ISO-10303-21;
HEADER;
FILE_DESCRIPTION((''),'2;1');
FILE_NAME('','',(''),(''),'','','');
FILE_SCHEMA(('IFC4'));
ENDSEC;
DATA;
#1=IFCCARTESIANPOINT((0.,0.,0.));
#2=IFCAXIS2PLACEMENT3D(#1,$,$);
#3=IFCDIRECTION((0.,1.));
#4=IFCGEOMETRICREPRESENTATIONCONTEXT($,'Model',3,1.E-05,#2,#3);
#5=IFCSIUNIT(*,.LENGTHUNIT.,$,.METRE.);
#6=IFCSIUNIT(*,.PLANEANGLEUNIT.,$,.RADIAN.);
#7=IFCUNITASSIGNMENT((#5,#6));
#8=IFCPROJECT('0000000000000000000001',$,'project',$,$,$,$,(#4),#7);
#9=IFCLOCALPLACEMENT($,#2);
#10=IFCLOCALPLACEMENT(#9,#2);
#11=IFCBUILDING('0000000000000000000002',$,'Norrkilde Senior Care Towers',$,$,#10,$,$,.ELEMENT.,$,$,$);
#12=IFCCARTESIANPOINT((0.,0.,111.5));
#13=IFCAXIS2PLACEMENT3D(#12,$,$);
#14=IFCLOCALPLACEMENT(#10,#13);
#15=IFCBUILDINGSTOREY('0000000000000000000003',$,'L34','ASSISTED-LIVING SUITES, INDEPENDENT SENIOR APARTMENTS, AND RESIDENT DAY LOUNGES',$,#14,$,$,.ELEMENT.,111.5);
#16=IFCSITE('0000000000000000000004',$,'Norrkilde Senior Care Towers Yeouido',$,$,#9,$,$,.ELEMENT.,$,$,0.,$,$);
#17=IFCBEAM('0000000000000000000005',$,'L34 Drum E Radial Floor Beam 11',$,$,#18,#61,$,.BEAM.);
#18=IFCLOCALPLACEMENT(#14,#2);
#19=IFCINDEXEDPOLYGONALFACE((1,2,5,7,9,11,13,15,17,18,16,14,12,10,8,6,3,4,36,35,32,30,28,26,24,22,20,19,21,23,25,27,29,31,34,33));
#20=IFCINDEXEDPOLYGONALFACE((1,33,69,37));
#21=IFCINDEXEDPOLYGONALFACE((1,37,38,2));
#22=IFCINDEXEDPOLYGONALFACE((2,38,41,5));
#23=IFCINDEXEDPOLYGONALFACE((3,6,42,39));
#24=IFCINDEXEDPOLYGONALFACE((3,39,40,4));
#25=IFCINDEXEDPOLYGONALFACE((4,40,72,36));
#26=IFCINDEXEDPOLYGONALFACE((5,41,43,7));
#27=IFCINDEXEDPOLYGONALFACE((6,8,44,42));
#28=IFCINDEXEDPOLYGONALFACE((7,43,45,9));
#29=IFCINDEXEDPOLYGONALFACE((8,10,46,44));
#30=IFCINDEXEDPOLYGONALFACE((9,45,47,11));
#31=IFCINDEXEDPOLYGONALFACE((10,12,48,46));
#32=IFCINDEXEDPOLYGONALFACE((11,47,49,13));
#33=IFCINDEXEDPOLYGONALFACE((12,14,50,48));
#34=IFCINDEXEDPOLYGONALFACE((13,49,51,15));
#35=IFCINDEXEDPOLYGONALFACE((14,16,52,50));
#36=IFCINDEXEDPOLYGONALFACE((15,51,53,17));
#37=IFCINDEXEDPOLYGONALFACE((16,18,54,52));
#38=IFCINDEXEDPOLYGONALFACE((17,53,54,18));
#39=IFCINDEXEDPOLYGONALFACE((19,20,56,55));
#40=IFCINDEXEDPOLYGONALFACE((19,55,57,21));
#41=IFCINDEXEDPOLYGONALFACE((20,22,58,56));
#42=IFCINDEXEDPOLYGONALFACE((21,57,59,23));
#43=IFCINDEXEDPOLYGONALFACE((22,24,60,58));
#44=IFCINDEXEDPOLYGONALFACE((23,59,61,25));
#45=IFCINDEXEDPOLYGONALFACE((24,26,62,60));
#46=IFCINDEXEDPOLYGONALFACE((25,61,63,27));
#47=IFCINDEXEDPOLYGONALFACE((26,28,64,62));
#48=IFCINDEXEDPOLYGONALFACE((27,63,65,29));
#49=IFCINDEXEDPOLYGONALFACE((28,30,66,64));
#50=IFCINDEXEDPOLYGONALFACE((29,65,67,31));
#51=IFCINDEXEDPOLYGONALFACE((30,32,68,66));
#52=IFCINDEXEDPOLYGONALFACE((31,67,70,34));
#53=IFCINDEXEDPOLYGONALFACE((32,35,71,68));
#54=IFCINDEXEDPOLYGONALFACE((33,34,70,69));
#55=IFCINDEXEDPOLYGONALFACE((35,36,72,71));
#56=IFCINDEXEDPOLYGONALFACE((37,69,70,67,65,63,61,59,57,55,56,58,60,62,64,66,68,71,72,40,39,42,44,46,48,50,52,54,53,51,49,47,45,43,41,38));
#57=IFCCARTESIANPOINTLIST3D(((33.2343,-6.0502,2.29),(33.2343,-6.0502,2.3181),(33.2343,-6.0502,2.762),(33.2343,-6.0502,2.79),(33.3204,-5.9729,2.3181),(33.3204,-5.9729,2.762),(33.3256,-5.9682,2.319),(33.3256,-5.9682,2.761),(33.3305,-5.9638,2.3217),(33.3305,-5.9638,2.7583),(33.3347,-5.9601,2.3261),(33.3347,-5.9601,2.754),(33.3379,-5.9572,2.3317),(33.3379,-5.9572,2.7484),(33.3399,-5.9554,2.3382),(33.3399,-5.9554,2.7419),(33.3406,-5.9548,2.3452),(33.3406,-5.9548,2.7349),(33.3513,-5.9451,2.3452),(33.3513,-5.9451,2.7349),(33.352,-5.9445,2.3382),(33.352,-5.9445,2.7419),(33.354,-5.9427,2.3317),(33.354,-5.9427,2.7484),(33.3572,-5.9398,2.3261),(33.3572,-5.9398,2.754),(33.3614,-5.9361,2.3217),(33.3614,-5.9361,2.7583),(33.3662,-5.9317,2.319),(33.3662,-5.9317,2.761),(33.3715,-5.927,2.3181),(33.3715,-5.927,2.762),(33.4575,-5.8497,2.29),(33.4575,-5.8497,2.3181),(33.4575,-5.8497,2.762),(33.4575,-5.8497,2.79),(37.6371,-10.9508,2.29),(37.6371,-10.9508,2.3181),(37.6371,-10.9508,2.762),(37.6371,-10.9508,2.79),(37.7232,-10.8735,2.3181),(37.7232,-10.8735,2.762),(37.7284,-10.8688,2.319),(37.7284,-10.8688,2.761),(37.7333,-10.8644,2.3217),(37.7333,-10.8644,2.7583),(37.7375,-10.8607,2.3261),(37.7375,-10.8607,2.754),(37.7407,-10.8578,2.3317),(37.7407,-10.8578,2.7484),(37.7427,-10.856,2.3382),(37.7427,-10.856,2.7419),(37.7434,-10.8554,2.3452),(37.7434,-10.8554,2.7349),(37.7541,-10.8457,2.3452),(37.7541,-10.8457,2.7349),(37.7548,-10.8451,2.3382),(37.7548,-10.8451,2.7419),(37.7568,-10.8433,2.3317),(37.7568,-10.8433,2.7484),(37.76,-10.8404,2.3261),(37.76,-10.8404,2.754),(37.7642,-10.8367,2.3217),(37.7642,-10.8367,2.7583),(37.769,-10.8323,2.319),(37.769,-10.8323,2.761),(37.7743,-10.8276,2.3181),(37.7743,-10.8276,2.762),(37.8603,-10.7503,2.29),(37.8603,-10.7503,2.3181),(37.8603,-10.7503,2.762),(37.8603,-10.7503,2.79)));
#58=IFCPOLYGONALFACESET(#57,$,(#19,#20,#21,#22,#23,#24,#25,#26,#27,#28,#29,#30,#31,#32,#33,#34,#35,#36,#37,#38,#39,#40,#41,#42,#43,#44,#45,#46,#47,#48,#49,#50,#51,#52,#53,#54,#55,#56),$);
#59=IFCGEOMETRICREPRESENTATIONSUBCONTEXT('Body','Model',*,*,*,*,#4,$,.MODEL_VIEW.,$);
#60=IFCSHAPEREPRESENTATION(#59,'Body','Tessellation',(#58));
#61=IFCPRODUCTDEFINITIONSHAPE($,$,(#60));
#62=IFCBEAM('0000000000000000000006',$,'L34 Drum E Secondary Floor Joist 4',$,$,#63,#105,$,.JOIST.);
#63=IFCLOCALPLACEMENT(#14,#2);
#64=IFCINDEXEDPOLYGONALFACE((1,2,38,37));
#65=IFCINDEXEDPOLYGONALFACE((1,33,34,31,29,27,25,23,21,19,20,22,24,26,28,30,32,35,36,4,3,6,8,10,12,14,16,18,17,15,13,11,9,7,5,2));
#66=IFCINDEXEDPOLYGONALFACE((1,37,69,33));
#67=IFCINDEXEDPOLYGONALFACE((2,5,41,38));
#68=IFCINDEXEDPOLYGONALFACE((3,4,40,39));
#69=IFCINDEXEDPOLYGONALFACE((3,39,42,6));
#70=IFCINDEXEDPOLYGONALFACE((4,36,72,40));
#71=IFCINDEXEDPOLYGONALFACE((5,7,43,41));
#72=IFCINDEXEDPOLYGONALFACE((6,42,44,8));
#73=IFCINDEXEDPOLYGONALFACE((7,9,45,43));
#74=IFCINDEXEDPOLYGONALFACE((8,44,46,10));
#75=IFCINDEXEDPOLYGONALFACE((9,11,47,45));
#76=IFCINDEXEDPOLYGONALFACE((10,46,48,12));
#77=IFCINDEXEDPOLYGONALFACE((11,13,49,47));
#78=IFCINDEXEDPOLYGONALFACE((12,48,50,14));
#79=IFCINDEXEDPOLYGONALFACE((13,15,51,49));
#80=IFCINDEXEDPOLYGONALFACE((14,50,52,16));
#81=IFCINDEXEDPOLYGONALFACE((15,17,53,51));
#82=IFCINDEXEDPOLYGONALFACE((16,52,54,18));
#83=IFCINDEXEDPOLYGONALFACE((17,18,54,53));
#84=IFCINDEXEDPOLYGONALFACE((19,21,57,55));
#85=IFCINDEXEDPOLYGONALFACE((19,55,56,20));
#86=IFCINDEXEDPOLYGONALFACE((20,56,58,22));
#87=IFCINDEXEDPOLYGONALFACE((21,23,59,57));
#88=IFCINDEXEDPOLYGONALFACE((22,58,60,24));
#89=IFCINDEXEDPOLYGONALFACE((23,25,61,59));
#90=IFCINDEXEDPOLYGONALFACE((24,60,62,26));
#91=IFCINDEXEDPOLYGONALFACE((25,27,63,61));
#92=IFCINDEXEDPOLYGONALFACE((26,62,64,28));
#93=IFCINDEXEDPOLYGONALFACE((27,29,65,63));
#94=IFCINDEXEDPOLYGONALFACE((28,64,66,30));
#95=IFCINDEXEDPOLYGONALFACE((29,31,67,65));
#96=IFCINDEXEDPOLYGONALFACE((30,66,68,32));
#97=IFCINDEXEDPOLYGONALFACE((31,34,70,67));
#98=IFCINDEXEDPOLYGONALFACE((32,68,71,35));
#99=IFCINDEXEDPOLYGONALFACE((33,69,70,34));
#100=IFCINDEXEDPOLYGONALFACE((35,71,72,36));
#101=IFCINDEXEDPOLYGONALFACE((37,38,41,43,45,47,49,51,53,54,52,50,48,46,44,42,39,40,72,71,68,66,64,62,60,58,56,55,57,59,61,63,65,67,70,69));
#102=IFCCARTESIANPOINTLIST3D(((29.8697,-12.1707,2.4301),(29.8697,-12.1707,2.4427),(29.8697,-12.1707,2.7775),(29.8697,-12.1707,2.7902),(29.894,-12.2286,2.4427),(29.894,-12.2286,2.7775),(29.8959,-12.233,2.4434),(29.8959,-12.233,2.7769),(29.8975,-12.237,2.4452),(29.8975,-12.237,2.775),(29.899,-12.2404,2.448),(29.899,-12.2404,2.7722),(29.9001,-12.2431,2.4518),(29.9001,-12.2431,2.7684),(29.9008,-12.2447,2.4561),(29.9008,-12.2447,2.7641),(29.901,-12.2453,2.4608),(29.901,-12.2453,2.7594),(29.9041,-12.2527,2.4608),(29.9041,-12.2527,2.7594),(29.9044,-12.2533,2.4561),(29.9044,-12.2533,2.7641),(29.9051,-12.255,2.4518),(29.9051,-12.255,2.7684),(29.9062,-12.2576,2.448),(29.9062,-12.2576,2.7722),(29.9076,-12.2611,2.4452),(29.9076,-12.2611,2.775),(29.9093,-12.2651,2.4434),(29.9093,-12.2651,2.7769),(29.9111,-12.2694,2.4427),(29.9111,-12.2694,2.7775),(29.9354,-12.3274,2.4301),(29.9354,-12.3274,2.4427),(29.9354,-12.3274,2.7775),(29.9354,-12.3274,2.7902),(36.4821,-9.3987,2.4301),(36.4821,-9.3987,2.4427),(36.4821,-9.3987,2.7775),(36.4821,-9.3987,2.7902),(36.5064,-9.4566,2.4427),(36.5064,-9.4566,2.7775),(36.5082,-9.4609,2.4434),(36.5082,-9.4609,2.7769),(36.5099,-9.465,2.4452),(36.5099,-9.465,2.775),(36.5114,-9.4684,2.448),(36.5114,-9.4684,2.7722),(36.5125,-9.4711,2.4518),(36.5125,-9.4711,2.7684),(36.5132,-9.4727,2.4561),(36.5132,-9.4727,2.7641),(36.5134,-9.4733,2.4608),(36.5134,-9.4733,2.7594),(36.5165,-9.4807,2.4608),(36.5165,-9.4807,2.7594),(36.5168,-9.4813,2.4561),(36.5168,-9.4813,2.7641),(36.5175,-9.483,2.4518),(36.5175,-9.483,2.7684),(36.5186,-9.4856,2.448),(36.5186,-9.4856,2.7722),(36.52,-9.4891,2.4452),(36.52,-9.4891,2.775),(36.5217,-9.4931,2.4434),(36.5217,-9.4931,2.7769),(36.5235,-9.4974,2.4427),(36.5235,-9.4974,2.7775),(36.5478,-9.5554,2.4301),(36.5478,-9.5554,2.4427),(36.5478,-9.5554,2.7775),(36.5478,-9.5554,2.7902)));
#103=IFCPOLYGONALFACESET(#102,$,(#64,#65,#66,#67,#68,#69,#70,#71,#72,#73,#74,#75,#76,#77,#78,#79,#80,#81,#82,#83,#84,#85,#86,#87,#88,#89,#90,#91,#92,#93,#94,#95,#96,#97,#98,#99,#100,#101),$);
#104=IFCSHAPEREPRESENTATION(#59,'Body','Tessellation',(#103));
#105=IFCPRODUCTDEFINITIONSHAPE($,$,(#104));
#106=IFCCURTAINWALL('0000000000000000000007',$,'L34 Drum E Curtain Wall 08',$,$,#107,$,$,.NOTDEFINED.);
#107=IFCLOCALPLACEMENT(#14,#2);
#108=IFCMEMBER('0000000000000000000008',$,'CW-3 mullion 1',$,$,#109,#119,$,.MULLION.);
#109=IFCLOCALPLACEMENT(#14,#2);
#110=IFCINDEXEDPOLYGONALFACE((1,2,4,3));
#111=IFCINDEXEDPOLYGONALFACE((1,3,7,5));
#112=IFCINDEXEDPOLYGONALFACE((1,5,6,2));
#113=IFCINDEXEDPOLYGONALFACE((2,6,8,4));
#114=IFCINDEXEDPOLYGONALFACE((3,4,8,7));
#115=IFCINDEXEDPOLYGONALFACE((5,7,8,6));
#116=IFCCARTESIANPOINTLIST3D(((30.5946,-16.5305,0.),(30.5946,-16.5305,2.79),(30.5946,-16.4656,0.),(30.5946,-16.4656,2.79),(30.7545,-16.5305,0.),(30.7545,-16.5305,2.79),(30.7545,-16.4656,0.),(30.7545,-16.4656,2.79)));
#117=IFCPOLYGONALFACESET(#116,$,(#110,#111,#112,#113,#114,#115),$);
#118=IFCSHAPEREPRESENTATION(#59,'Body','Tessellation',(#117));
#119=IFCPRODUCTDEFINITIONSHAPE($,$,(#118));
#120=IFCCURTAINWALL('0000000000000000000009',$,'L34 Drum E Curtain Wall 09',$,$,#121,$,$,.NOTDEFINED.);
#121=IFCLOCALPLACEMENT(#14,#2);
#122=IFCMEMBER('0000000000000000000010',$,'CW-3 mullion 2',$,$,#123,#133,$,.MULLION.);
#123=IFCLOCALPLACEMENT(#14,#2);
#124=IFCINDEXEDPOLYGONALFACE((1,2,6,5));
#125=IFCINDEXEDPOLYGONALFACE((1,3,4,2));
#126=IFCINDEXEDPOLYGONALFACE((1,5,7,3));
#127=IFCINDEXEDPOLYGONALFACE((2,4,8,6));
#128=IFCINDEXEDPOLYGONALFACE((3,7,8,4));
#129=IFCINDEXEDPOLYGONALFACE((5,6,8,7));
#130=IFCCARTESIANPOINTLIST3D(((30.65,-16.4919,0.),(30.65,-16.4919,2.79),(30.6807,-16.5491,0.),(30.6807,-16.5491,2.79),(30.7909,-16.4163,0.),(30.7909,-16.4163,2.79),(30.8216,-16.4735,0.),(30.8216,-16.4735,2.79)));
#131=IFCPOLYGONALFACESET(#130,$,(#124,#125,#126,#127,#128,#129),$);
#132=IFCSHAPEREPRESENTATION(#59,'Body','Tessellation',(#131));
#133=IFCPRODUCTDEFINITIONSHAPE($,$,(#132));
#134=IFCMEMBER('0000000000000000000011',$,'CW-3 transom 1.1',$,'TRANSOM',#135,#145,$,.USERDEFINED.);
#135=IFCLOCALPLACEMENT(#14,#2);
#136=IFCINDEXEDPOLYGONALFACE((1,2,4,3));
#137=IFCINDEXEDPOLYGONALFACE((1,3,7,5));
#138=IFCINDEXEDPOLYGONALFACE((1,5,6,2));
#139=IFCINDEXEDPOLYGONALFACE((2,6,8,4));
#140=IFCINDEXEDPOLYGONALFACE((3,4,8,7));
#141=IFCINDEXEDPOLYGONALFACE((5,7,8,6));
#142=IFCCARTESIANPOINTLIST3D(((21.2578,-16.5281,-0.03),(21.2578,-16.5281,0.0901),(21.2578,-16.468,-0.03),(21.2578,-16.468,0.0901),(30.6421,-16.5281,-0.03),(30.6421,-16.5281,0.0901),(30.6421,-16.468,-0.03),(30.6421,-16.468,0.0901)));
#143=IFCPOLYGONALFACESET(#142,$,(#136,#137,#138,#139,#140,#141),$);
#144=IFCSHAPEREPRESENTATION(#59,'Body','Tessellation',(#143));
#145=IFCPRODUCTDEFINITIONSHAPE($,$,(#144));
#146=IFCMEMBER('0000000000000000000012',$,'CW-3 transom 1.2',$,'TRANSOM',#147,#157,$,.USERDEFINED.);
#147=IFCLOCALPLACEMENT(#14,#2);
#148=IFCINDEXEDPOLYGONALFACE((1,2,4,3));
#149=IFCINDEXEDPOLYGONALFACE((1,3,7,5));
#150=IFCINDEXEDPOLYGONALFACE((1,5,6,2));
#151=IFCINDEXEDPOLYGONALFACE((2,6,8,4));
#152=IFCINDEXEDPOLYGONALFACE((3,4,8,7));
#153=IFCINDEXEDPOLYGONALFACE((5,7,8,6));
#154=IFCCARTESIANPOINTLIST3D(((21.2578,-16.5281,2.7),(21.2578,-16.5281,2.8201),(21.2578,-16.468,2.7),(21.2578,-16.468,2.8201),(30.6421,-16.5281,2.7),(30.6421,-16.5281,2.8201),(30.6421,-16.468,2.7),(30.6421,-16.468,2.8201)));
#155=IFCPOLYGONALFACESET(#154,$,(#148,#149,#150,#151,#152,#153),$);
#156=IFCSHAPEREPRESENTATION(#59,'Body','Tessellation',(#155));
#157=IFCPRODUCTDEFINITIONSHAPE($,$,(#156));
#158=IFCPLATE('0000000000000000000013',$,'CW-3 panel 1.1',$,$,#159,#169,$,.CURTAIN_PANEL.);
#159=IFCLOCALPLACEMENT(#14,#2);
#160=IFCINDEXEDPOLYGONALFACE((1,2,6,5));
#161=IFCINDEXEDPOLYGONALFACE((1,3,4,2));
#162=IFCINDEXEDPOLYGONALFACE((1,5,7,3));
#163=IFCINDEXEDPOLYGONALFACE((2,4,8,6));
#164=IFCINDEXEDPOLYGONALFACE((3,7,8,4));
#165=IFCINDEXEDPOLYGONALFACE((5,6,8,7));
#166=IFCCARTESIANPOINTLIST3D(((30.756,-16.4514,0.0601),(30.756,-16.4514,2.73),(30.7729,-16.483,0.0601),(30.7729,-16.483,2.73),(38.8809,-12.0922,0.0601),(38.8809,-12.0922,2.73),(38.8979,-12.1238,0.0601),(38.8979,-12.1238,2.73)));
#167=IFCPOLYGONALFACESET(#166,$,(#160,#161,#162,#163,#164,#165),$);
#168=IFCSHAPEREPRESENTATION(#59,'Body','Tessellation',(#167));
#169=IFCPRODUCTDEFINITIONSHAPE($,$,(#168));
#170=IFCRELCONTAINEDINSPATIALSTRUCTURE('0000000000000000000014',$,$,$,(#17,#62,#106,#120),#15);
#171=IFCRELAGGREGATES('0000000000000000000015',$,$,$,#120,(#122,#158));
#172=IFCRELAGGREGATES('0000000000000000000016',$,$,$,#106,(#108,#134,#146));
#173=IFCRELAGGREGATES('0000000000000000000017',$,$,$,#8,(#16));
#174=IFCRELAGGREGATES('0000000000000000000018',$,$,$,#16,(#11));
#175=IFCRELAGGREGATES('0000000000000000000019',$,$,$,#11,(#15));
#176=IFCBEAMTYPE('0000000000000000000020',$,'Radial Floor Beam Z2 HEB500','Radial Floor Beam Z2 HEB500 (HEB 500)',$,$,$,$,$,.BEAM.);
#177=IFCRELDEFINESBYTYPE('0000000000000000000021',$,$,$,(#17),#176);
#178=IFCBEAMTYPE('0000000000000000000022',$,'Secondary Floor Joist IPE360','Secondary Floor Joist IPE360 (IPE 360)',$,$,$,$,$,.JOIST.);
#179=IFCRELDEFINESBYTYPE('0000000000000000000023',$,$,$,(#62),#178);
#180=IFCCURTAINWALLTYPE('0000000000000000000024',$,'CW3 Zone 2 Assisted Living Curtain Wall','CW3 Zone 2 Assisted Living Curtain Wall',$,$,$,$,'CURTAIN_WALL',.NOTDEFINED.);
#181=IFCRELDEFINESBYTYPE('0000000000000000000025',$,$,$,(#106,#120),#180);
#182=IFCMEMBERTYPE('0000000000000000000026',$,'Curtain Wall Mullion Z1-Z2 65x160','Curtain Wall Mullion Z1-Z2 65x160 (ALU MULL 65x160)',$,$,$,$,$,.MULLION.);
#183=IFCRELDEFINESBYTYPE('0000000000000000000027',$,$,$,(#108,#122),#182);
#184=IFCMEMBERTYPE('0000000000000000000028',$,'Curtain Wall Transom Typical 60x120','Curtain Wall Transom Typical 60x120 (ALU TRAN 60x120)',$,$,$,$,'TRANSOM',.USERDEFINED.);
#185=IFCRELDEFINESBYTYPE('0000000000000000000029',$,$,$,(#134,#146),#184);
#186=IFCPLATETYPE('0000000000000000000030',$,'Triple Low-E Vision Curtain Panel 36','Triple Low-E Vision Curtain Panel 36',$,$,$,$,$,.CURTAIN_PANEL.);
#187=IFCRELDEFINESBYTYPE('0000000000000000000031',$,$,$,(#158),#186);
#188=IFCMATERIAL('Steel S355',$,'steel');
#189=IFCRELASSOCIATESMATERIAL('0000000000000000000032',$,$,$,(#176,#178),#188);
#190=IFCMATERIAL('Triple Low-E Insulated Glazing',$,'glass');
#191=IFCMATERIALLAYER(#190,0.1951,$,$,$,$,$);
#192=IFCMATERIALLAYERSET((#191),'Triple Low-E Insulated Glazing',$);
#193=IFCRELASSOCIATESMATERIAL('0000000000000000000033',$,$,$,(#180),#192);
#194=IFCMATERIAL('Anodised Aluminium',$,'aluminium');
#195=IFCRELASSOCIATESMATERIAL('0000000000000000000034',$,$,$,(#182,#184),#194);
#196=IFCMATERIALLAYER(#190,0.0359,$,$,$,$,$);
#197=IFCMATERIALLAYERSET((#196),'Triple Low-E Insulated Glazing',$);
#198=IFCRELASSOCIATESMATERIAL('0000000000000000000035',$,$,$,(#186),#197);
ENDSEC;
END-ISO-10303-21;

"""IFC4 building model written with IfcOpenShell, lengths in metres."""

from ifc_helpers import new_model, si_unit, direction, frame, origin, origin_2d, place, context, subcontext, project, spatial, rectangle, i_section, extrude, source, transform, mapped, material, layer, layer_set, material_profile, profile_set, type_object, type_shapes, element, aggregate, save


model = new_model("IFC4")

# Units and contexts
model_context = context("Model", 3, precision=1e-05, world=origin(), true_north=direction((0.0, 1.0)))
body_context = subcontext(model_context, "Body", "Model", "MODEL_VIEW")
ifc_project = project(units=[si_unit("LENGTHUNIT", "METRE"), si_unit("PLANEANGLEUNIT", "RADIAN")], contexts=[model_context])

# Site, building, storey
site_placement = place(None, origin())
site = spatial("IfcSite", under=ifc_project, at=site_placement, Name="Norrkilde Senior Care Towers Yeouido", CompositionType="ELEMENT", RefElevation=0.0)
building_placement = place(site_placement, origin())
building = spatial("IfcBuilding", under=site, at=building_placement, Name="Norrkilde Senior Care Towers", CompositionType="ELEMENT")
storey_placement = place(building_placement, frame((0.0, 0.0, 111.5)))
storey = spatial("IfcBuildingStorey", under=building, at=storey_placement, Name="L34", Description="ASSISTED-LIVING SUITES, INDEPENDENT SENIOR APARTMENTS, AND RESIDENT DAY LOUNGES", CompositionType="ELEMENT", Elevation=111.5)

# Beams
ifc_material_1 = material(Name="Steel S355", Category="steel")
ifc_material_profile_1 = material_profile(ifc_material_1, i_section(OverallWidth=0.3, OverallDepth=0.5, WebThickness=0.0144, FlangeThickness=0.0281, FilletRadius=0.0271, at=origin_2d()), Name="HEB 500")
ifc_profile_set_1 = profile_set([ifc_material_profile_1], Name="Steel S355")
beam_type_1 = type_object("IfcBeamType", Name="Radial Floor Beam Z2 HEB500", Description="Radial Floor Beam Z2 HEB500 (HEB 500)", PredefinedType="BEAM", material=ifc_profile_set_1)
shared_shape_1 = source(origin(), body_context, "Body", "SweptSolid", [
    extrude(i_section(OverallWidth=0.3, OverallDepth=0.5, WebThickness=0.0144, FlangeThickness=0.0281, FilletRadius=0.0271, at=origin_2d()), origin(), (0.0, 0.0, 1.0), 6.5879),
])
beam_1_placement = place(storey_placement, frame((33.3459, -5.95, 2.54), z_axis=(0.668315, -0.743878, 0.0), x_axis=(0.743878, 0.668315, 0.0)))
element("IfcBeam", 1, at=beam_1_placement, inside=storey, type_object=beam_type_1, Name="L34 Drum E Radial Floor Beam 11", PredefinedType="BEAM", context=body_context, shape_type="MappedRepresentation", body=[
    mapped(shared_shape_1, transform((0.0, 0.0, 0.0), x_axis=(1.0, 0.0, 0.0), y_axis=(0.0, 1.0, 0.0), z_axis=(0.0, 0.0, 1.0), scale=1.0)),
])
ifc_material_profile_2 = material_profile(ifc_material_1, i_section(OverallWidth=0.1699, OverallDepth=0.3601, WebThickness=0.0081, FlangeThickness=0.0127, FilletRadius=0.0181, at=origin_2d()), Name="IPE 360")
ifc_profile_set_2 = profile_set([ifc_material_profile_2], Name="Steel S355")
beam_type_2 = type_object("IfcBeamType", Name="Secondary Floor Joist IPE360", Description="Secondary Floor Joist IPE360 (IPE 360)", PredefinedType="JOIST", material=ifc_profile_set_2)
shared_shape_2 = source(origin(), body_context, "Body", "SweptSolid", [
    extrude(i_section(OverallWidth=0.1699, OverallDepth=0.3601, WebThickness=0.0081, FlangeThickness=0.0127, FilletRadius=0.0181, at=origin_2d()), origin(), (0.0, 0.0, 1.0), 7.1699),
])
type_shapes(beam_type_2, [shared_shape_2])
beam_2_placement = place(storey_placement, frame((29.9026, -12.249, 2.6101), z_axis=(0.922241, 0.386616, 0.0), x_axis=(-0.386616, 0.922241, 0.0)))
element("IfcBeam", 2, at=beam_2_placement, inside=storey, type_object=beam_type_2, Name="L34 Drum E Secondary Floor Joist 4", PredefinedType="JOIST", context=body_context, shape_type="MappedRepresentation", body=[
    mapped(shared_shape_2, transform((0.0, 0.0, 0.0), x_axis=(1.0, 0.0, 0.0), y_axis=(0.0, 1.0, 0.0), z_axis=(0.0, 0.0, 1.0), scale=1.0)),
])

# Curtain walls, members
ifc_material_2 = material(Name="Triple Low-E Insulated Glazing", Category="glass")
ifc_layer_1 = layer(ifc_material_2, 0.1951)
ifc_layer_set_1 = layer_set([ifc_layer_1], Name="Triple Low-E Insulated Glazing")
curtain_wall_type = type_object("IfcCurtainWallType", Name="CW3 Zone 2 Assisted Living Curtain Wall", Description="CW3 Zone 2 Assisted Living Curtain Wall", ElementType="CURTAIN_WALL", PredefinedType="NOTDEFINED", material=ifc_layer_set_1)
curtain_wall_1_placement = place(storey_placement, origin())
curtain_wall_1 = element("IfcCurtainWall", 3, at=curtain_wall_1_placement, inside=storey, type_object=curtain_wall_type, Name="L34 Drum E Curtain Wall 08", PredefinedType="NOTDEFINED")
ifc_material_3 = material(Name="Anodised Aluminium", Category="aluminium")
ifc_material_profile_3 = material_profile(ifc_material_3, rectangle(XDim=0.0649, YDim=0.1599, at=origin_2d()), Name="ALU MULL 65x160")
ifc_profile_set_3 = profile_set([ifc_material_profile_3], Name="Anodised Aluminium")
member_type_1 = type_object("IfcMemberType", Name="Curtain Wall Mullion Z1-Z2 65x160", Description="Curtain Wall Mullion Z1-Z2 65x160 (ALU MULL 65x160)", PredefinedType="MULLION", material=ifc_profile_set_3)
shared_shape_3 = source(origin(), body_context, "Body", "SweptSolid", [
    extrude(rectangle(XDim=0.0649, YDim=0.1599, at=origin_2d()), origin(), (0.0, 0.0, 1.0), 2.79),
])
type_shapes(member_type_1, [shared_shape_3])
member_1_placement = place(storey_placement, frame((30.6746, -16.498, 0.0), z_axis=(0.0, 0.0, 1.0), x_axis=(0.0, -1.0, 0.0)))
member_1 = element("IfcMember", 4, at=member_1_placement, type_object=member_type_1, Name="CW-3 mullion 1", PredefinedType="MULLION", context=body_context, shape_type="MappedRepresentation", body=[
    mapped(shared_shape_3, transform((0.0, 0.0, 0.0), x_axis=(1.0, 0.0, 0.0), y_axis=(0.0, 1.0, 0.0), z_axis=(0.0, 0.0, 1.0), scale=1.0)),
])
curtain_wall_2_placement = place(storey_placement, origin())
curtain_wall_2 = element("IfcCurtainWall", 5, at=curtain_wall_2_placement, inside=storey, type_object=curtain_wall_type, Name="L34 Drum E Curtain Wall 09", PredefinedType="NOTDEFINED")
member_2_placement = place(storey_placement, frame((30.7358, -16.4827, 0.0), z_axis=(0.0, 0.0, 1.0), x_axis=(0.472769, -0.881186, 0.0)))
member_2 = element("IfcMember", 6, at=member_2_placement, type_object=member_type_1, Name="CW-3 mullion 2", PredefinedType="MULLION", context=body_context, shape_type="MappedRepresentation", body=[
    mapped(shared_shape_3, transform((0.0, 0.0, 0.0), x_axis=(1.0, 0.0, 0.0), y_axis=(0.0, 1.0, 0.0), z_axis=(0.0, 0.0, 1.0), scale=1.0)),
])

# Members
ifc_material_profile_4 = material_profile(ifc_material_3, rectangle(XDim=0.0601, YDim=0.1201, at=origin_2d()), Name="ALU TRAN 60x120")
ifc_profile_set_4 = profile_set([ifc_material_profile_4], Name="Anodised Aluminium")
member_type_2 = type_object("IfcMemberType", Name="Curtain Wall Transom Typical 60x120", Description="Curtain Wall Transom Typical 60x120 (ALU TRAN 60x120)", ElementType="TRANSOM", PredefinedType="USERDEFINED", material=ifc_profile_set_4)
shared_shape_4 = source(origin(), body_context, "Body", "SweptSolid", [
    extrude(rectangle(XDim=0.0601, YDim=0.1201, at=origin_2d()), origin(), (0.0, 0.0, 1.0), 9.3843),
])
type_shapes(member_type_2, [shared_shape_4])
member_3_placement = place(storey_placement, frame((30.6421, -16.498, 0.03), z_axis=(-1.0, 0.0, 0.0), x_axis=(0.0, -1.0, 0.0)))
member_3 = element("IfcMember", 7, at=member_3_placement, type_object=member_type_2, Name="CW-3 transom 1.1", ObjectType="TRANSOM", PredefinedType="USERDEFINED", context=body_context, shape_type="MappedRepresentation", body=[
    mapped(shared_shape_4, transform((0.0, 0.0, 0.0), x_axis=(1.0, 0.0, 0.0), y_axis=(0.0, 1.0, 0.0), z_axis=(0.0, 0.0, 1.0), scale=1.0)),
])
member_4_placement = place(storey_placement, frame((30.6421, -16.498, 2.76), z_axis=(-1.0, 0.0, 0.0), x_axis=(0.0, -1.0, 0.0)))
member_4 = element("IfcMember", 8, at=member_4_placement, type_object=member_type_2, Name="CW-3 transom 1.2", ObjectType="TRANSOM", PredefinedType="USERDEFINED", context=body_context, shape_type="MappedRepresentation", body=[
    mapped(shared_shape_4, transform((0.0, 0.0, 0.0), x_axis=(1.0, 0.0, 0.0), y_axis=(0.0, 1.0, 0.0), z_axis=(0.0, 0.0, 1.0), scale=1.0)),
])

# Plate
ifc_layer_2 = layer(ifc_material_2, 0.0359)
ifc_layer_set_2 = layer_set([ifc_layer_2], Name="Triple Low-E Insulated Glazing")
plate_type = type_object("IfcPlateType", Name="Triple Low-E Vision Curtain Panel 36", Description="Triple Low-E Vision Curtain Panel 36", PredefinedType="CURTAIN_PANEL", material=ifc_layer_set_2)
shared_shape_5 = source(origin(), body_context, "Body", "SweptSolid", [
    extrude(rectangle(XDim=9.2205, YDim=0.0359, at=origin_2d()), origin(), (0.0, 0.0, 1.0), 2.6699),
])
plate_1_placement = place(storey_placement, frame((34.8269, -14.2876, 0.0601), z_axis=(0.0, 0.0, 1.0), x_axis=(-0.881186, -0.472769, 0.0)))
plate_1 = element("IfcPlate", 9, at=plate_1_placement, type_object=plate_type, Name="CW-3 panel 1.1", PredefinedType="CURTAIN_PANEL", context=body_context, shape_type="MappedRepresentation", body=[
    mapped(shared_shape_5, transform((0.0, 0.0, 0.0), x_axis=(1.0, 0.0, 0.0), y_axis=(0.0, 1.0, 0.0), z_axis=(0.0, 0.0, 1.0), scale=1.0)),
])
aggregate(curtain_wall_2, [member_2, plate_1])
aggregate(curtain_wall_1, [member_1, member_3, member_4])

save(model, "model.ifc")
